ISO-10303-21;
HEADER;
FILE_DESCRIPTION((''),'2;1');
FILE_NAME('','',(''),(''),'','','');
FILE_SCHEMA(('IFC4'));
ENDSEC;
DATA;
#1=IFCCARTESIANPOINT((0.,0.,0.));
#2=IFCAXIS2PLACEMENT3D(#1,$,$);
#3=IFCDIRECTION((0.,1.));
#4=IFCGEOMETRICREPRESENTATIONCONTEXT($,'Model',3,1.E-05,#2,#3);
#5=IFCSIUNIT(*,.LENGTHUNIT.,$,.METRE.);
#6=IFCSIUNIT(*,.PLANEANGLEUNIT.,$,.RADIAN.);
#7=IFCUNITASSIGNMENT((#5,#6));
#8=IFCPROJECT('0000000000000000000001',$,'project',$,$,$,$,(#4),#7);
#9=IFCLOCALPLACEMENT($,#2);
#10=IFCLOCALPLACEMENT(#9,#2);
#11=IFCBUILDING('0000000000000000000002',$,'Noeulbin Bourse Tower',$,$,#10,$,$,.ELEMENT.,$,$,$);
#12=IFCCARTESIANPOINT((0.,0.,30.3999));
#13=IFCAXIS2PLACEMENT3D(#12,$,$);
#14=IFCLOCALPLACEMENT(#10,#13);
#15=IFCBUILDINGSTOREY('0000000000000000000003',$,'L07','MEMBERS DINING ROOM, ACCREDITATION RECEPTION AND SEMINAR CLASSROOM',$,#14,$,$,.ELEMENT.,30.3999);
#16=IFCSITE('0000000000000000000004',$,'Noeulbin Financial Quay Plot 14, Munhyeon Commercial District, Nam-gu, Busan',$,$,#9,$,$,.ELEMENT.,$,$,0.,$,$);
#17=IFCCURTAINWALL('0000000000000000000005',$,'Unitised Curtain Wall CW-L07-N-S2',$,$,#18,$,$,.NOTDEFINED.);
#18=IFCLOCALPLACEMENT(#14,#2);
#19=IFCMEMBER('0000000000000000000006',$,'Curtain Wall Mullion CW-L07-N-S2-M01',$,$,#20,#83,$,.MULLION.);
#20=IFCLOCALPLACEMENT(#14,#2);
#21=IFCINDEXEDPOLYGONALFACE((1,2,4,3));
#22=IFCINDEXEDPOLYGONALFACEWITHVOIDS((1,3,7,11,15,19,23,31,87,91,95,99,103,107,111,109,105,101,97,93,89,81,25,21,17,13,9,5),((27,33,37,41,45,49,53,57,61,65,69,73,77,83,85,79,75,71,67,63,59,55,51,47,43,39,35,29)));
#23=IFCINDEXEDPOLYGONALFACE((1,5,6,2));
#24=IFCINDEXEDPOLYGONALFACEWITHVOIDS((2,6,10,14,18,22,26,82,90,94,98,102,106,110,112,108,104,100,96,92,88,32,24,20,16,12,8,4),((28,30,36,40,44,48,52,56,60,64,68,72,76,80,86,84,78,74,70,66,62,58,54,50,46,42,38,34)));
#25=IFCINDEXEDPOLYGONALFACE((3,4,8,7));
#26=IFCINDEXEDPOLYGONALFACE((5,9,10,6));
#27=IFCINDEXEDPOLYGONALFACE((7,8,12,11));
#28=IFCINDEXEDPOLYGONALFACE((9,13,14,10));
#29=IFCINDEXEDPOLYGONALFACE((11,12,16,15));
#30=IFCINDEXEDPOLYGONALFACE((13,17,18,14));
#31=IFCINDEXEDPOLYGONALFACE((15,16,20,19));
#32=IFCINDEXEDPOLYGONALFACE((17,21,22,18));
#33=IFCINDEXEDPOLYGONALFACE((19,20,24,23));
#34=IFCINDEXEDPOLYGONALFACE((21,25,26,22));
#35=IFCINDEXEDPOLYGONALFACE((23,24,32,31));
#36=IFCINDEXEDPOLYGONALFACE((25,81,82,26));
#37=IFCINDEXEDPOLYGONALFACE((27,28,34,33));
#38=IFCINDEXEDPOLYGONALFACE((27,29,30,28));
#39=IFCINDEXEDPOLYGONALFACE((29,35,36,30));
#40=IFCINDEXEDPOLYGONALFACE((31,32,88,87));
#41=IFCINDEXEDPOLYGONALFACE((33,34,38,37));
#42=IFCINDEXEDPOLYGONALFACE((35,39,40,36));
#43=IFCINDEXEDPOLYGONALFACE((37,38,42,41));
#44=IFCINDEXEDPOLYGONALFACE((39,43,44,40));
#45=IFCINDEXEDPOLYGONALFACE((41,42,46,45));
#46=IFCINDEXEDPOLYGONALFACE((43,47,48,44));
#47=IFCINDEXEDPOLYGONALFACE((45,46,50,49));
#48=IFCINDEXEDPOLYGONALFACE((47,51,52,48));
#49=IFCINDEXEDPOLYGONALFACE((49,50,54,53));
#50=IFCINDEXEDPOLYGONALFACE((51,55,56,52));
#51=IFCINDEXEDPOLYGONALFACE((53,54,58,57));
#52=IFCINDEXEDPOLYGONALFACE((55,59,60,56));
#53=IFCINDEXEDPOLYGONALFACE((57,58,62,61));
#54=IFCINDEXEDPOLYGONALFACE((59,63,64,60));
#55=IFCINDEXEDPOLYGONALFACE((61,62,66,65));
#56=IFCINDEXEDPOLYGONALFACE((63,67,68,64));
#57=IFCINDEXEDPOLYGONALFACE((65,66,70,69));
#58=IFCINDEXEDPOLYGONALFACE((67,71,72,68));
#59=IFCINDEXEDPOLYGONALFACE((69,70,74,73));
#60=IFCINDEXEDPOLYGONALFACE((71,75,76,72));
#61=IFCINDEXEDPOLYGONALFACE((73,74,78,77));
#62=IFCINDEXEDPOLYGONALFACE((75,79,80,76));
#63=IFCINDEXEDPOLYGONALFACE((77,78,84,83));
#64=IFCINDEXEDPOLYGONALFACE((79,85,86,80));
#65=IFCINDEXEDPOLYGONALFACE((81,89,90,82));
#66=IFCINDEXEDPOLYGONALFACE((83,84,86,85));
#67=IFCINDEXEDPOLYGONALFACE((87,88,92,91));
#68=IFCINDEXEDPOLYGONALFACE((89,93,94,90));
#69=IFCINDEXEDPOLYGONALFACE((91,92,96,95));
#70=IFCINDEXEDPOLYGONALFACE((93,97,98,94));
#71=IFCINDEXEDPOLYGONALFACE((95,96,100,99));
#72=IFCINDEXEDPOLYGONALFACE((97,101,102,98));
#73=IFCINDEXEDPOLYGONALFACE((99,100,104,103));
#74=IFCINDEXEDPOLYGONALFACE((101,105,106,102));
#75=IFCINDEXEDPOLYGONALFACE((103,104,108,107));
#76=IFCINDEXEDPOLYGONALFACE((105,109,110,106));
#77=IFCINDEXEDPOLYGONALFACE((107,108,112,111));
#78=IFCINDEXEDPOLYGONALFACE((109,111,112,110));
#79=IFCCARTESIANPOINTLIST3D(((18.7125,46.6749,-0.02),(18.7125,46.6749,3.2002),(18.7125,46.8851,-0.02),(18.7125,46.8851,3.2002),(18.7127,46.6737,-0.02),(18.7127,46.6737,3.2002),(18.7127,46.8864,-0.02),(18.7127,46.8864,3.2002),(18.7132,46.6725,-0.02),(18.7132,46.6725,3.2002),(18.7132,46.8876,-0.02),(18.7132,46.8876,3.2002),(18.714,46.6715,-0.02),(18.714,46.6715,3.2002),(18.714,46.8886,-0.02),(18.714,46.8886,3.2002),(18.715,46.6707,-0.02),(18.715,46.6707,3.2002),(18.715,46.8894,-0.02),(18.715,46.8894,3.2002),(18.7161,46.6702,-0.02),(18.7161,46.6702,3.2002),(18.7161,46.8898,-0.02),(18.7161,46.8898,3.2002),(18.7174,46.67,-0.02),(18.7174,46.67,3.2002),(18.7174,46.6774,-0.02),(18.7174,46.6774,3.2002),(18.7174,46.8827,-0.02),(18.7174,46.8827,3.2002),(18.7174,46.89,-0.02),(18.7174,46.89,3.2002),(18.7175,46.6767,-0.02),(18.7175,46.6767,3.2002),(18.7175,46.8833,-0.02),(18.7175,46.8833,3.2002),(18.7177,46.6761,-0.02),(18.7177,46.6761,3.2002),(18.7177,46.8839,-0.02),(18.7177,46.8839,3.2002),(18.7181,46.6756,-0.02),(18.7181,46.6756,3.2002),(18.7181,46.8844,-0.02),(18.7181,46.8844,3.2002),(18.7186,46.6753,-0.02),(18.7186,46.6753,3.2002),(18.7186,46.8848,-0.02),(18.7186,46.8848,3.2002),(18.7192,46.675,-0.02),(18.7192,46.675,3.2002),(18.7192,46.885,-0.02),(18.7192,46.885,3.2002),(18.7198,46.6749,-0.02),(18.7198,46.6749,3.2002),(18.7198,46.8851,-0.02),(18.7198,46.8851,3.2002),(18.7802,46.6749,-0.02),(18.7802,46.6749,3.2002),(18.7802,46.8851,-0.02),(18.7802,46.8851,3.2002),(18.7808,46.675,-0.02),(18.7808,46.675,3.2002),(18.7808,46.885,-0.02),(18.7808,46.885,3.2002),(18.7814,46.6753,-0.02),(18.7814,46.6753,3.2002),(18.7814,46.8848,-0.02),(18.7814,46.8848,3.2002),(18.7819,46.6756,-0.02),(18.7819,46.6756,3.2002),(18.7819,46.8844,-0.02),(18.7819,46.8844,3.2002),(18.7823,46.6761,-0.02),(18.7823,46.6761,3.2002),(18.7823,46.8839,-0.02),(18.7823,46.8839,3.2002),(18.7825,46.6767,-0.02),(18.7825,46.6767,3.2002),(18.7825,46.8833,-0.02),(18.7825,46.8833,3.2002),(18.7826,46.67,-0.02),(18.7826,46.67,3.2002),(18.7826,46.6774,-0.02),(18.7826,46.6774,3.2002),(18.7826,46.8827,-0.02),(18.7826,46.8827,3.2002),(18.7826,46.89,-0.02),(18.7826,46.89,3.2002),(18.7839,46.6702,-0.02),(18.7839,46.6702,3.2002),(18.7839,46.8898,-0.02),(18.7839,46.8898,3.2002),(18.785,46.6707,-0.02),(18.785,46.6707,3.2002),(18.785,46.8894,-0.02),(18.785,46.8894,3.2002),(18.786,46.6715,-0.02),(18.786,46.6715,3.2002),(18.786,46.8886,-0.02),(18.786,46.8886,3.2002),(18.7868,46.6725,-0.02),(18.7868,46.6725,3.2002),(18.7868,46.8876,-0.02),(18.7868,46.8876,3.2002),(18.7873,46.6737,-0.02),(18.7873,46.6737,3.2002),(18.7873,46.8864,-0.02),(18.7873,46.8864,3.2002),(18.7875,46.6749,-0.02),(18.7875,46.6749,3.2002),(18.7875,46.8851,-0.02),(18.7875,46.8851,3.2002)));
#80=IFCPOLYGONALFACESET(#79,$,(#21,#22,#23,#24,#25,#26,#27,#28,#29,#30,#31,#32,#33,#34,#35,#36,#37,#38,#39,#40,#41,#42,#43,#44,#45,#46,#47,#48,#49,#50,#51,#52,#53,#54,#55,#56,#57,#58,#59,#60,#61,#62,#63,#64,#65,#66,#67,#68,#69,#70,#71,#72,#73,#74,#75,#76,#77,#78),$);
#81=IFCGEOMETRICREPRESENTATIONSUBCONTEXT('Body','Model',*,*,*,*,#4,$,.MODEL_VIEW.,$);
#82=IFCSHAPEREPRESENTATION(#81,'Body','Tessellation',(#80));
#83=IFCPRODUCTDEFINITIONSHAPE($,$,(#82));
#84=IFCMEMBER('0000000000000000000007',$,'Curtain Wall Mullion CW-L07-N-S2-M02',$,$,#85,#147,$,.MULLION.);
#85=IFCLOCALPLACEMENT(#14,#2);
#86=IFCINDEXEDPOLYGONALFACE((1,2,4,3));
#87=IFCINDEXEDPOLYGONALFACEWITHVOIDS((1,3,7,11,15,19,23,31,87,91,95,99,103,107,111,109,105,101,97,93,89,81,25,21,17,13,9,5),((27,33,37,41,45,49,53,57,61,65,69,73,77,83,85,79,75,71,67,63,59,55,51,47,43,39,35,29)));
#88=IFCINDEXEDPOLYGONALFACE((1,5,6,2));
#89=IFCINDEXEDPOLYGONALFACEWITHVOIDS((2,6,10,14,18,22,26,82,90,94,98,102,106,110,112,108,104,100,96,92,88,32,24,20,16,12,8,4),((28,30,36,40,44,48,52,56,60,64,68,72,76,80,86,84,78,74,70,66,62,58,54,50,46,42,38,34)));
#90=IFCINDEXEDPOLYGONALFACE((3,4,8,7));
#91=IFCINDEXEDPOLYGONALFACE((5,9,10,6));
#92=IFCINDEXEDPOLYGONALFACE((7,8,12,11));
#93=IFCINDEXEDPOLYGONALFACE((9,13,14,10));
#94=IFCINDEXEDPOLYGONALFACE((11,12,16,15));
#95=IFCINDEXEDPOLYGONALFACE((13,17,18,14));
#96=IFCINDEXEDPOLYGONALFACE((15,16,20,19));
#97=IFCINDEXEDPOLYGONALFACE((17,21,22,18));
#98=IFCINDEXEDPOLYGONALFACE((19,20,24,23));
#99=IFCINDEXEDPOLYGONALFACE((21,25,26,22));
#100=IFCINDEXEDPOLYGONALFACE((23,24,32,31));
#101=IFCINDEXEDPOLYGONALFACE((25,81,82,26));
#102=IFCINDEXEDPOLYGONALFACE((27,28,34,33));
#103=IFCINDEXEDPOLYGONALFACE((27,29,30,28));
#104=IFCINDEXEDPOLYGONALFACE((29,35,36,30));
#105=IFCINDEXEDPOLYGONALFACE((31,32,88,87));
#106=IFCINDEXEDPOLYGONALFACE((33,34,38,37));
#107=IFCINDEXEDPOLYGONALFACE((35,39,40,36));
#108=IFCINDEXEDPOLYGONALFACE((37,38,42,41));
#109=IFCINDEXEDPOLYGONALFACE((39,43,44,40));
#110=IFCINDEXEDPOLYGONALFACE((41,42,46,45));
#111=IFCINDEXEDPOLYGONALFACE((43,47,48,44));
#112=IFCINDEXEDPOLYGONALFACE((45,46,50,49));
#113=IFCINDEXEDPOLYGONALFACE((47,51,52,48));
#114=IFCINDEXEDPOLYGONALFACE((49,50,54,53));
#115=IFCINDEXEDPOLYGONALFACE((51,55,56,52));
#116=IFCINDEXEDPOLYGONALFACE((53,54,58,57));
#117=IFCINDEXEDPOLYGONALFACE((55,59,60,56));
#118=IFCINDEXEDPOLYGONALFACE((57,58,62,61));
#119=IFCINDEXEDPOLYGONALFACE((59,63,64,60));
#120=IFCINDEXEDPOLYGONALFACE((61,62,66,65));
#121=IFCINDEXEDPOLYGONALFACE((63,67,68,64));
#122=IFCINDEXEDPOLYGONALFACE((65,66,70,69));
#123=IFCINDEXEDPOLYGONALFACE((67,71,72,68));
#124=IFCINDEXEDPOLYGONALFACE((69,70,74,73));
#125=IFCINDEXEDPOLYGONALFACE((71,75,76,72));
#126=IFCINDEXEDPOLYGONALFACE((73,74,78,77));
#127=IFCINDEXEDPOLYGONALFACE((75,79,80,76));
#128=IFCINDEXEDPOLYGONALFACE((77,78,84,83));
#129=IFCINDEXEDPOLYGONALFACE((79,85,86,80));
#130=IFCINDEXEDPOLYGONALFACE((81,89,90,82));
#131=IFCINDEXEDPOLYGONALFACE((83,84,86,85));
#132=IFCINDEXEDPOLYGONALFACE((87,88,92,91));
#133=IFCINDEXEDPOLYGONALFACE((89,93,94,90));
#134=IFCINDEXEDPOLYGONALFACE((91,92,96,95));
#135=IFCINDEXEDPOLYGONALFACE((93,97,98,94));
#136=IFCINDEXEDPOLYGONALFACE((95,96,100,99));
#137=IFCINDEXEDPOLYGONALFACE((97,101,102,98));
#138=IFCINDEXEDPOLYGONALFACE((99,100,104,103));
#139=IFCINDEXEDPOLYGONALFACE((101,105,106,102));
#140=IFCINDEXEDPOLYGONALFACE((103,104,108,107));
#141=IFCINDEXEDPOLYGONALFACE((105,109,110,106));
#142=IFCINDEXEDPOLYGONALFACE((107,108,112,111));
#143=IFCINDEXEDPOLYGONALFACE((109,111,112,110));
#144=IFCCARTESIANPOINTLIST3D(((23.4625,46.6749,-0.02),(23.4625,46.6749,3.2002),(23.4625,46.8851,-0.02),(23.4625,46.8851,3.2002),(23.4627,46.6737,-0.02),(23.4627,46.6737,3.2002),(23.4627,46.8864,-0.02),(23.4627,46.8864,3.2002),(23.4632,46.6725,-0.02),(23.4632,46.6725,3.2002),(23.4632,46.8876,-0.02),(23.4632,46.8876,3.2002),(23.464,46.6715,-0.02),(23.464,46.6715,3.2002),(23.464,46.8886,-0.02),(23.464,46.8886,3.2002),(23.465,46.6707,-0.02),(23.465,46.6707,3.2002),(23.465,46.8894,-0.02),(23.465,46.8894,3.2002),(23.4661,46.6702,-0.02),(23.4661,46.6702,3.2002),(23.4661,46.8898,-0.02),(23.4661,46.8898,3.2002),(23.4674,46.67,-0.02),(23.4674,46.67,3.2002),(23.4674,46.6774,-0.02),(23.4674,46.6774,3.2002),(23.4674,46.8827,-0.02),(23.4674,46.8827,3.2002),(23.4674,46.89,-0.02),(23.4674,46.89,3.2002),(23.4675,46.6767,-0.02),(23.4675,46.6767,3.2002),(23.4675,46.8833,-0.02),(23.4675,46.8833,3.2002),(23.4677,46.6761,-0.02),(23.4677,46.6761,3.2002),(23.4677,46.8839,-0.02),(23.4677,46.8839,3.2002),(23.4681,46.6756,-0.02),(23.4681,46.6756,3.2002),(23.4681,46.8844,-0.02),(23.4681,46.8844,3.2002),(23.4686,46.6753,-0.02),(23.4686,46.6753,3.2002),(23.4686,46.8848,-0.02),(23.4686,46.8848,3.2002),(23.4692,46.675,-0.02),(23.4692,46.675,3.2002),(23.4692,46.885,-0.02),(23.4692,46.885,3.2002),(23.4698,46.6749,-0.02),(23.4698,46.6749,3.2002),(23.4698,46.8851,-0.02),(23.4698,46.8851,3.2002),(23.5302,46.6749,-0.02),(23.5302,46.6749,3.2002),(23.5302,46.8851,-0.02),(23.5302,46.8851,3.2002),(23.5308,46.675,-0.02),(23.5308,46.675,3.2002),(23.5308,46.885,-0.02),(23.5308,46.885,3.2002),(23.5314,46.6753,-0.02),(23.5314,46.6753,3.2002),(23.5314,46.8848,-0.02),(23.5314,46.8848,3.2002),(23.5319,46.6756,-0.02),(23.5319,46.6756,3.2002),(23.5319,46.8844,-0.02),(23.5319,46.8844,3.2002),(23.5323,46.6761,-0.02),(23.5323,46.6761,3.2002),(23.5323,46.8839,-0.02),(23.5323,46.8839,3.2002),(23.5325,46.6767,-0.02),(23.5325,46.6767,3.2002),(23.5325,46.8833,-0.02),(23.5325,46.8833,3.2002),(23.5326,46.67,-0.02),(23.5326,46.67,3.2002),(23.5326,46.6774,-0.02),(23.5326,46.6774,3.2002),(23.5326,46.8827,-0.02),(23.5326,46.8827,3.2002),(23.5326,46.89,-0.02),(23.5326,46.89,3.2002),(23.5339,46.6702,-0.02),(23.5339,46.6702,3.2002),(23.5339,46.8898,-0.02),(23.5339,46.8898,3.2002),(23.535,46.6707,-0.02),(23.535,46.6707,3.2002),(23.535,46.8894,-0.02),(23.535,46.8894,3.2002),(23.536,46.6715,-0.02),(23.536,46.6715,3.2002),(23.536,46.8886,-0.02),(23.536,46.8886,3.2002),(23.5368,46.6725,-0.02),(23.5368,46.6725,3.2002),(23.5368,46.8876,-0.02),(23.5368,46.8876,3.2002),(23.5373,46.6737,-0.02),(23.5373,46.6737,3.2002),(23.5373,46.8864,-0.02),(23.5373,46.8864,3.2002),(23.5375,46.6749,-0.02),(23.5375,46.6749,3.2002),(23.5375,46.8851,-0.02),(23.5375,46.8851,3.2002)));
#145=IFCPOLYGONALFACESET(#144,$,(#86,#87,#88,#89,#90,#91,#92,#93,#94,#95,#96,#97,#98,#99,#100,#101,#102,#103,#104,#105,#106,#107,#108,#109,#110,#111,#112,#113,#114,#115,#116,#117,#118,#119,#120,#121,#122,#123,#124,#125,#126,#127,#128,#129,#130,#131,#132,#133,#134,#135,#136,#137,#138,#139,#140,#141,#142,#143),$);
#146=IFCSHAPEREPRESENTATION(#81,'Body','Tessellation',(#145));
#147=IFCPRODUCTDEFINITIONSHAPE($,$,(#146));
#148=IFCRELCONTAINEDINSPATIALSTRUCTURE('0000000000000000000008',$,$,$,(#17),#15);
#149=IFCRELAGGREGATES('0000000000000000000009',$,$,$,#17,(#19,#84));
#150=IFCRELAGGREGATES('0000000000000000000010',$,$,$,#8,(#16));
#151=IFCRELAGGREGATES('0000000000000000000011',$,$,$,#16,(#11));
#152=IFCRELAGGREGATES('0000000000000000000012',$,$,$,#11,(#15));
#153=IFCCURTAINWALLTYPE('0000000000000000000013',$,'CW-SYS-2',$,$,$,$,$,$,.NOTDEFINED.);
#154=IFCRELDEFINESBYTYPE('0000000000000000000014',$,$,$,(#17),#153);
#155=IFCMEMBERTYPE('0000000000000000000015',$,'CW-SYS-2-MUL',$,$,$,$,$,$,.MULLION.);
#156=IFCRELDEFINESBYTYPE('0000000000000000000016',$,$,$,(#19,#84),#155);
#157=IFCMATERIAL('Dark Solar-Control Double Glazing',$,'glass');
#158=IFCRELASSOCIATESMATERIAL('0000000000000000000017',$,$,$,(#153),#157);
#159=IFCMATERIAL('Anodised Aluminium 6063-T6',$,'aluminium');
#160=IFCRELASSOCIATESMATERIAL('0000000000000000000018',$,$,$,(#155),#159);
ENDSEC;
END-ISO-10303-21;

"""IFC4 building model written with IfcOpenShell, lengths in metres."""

from ifc_helpers import new_model, si_unit, direction, frame, origin, origin_2d, place, context, subcontext, project, spatial, hollow_rectangle, extrude, material, material_profile, profile_set, type_object, element, aggregate, save


model = new_model("IFC4")

# Units and contexts
model_context = context("Model", 3, precision=1e-05, world=origin(), true_north=direction((0.0, 1.0)))
body_context = subcontext(model_context, "Body", "Model", "MODEL_VIEW")
ifc_project = project(units=[si_unit("LENGTHUNIT", "METRE"), si_unit("PLANEANGLEUNIT", "RADIAN")], contexts=[model_context])

# Site, building, storey
site_placement = place(None, origin())
site = spatial("IfcSite", under=ifc_project, at=site_placement, Name="Noeulbin Financial Quay Plot 14, Munhyeon Commercial District, Nam-gu, Busan", CompositionType="ELEMENT", RefElevation=0.0)
building_placement = place(site_placement, origin())
building = spatial("IfcBuilding", under=site, at=building_placement, Name="Noeulbin Bourse Tower", CompositionType="ELEMENT")
storey_placement = place(building_placement, frame((0.0, 0.0, 30.3999)))
storey = spatial("IfcBuildingStorey", under=building, at=storey_placement, Name="L07", Description="MEMBERS DINING ROOM, ACCREDITATION RECEPTION AND SEMINAR CLASSROOM", CompositionType="ELEMENT", Elevation=30.3999)

# Curtain wall, members
ifc_material_1 = material(Name="Dark Solar-Control Double Glazing", Category="glass")
curtain_wall_type = type_object("IfcCurtainWallType", Name="CW-SYS-2", PredefinedType="NOTDEFINED", material=ifc_material_1)
curtain_wall_1_placement = place(storey_placement, origin())
curtain_wall_1 = element("IfcCurtainWall", 1, at=curtain_wall_1_placement, inside=storey, type_object=curtain_wall_type, Name="Unitised Curtain Wall CW-L07-N-S2", PredefinedType="NOTDEFINED")
ifc_material_2 = material(Name="Anodised Aluminium 6063-T6", Category="aluminium")
ifc_material_profile_1 = material_profile(ifc_material_2, hollow_rectangle(XDim=0.075, YDim=0.22, WallThickness=0.0049, InnerFilletRadius=0.0024, OuterFilletRadius=0.0049, at=origin_2d()), Name="ALU-MULL-75x220x5", Category="LoadBearing")
ifc_profile_set_1 = profile_set([ifc_material_profile_1], Name="Anodised Aluminium 6063-T6")
member_type_1 = type_object("IfcMemberType", Name="CW-SYS-2-MUL", PredefinedType="MULLION", material=ifc_profile_set_1)
member_1_placement = place(storey_placement, frame((18.75, 46.78, -0.02), z_axis=(0.0, 0.0, 1.0), x_axis=(1.0, 0.0, 0.0)))
member_1 = element("IfcMember", 2, at=member_1_placement, type_object=member_type_1, Name="Curtain Wall Mullion CW-L07-N-S2-M01", PredefinedType="MULLION", context=body_context, shape_type="SweptSolid", body=[
    extrude(hollow_rectangle(XDim=0.075, YDim=0.22, WallThickness=0.0049, InnerFilletRadius=0.0024, OuterFilletRadius=0.0049, at=origin_2d()), origin(), (0.0, 0.0, 1.0), 3.2202),
])
member_2_placement = place(storey_placement, frame((23.5, 46.78, -0.02), z_axis=(0.0, 0.0, 1.0), x_axis=(1.0, 0.0, 0.0)))
member_2 = element("IfcMember", 3, at=member_2_placement, type_object=member_type_1, Name="Curtain Wall Mullion CW-L07-N-S2-M02", PredefinedType="MULLION", context=body_context, shape_type="SweptSolid", body=[
    extrude(hollow_rectangle(XDim=0.075, YDim=0.22, WallThickness=0.0049, InnerFilletRadius=0.0024, OuterFilletRadius=0.0049, at=origin_2d()), origin(), (0.0, 0.0, 1.0), 3.2202),
])

aggregate(curtain_wall_1, [member_1, member_2])

save(model, "model.ifc")
